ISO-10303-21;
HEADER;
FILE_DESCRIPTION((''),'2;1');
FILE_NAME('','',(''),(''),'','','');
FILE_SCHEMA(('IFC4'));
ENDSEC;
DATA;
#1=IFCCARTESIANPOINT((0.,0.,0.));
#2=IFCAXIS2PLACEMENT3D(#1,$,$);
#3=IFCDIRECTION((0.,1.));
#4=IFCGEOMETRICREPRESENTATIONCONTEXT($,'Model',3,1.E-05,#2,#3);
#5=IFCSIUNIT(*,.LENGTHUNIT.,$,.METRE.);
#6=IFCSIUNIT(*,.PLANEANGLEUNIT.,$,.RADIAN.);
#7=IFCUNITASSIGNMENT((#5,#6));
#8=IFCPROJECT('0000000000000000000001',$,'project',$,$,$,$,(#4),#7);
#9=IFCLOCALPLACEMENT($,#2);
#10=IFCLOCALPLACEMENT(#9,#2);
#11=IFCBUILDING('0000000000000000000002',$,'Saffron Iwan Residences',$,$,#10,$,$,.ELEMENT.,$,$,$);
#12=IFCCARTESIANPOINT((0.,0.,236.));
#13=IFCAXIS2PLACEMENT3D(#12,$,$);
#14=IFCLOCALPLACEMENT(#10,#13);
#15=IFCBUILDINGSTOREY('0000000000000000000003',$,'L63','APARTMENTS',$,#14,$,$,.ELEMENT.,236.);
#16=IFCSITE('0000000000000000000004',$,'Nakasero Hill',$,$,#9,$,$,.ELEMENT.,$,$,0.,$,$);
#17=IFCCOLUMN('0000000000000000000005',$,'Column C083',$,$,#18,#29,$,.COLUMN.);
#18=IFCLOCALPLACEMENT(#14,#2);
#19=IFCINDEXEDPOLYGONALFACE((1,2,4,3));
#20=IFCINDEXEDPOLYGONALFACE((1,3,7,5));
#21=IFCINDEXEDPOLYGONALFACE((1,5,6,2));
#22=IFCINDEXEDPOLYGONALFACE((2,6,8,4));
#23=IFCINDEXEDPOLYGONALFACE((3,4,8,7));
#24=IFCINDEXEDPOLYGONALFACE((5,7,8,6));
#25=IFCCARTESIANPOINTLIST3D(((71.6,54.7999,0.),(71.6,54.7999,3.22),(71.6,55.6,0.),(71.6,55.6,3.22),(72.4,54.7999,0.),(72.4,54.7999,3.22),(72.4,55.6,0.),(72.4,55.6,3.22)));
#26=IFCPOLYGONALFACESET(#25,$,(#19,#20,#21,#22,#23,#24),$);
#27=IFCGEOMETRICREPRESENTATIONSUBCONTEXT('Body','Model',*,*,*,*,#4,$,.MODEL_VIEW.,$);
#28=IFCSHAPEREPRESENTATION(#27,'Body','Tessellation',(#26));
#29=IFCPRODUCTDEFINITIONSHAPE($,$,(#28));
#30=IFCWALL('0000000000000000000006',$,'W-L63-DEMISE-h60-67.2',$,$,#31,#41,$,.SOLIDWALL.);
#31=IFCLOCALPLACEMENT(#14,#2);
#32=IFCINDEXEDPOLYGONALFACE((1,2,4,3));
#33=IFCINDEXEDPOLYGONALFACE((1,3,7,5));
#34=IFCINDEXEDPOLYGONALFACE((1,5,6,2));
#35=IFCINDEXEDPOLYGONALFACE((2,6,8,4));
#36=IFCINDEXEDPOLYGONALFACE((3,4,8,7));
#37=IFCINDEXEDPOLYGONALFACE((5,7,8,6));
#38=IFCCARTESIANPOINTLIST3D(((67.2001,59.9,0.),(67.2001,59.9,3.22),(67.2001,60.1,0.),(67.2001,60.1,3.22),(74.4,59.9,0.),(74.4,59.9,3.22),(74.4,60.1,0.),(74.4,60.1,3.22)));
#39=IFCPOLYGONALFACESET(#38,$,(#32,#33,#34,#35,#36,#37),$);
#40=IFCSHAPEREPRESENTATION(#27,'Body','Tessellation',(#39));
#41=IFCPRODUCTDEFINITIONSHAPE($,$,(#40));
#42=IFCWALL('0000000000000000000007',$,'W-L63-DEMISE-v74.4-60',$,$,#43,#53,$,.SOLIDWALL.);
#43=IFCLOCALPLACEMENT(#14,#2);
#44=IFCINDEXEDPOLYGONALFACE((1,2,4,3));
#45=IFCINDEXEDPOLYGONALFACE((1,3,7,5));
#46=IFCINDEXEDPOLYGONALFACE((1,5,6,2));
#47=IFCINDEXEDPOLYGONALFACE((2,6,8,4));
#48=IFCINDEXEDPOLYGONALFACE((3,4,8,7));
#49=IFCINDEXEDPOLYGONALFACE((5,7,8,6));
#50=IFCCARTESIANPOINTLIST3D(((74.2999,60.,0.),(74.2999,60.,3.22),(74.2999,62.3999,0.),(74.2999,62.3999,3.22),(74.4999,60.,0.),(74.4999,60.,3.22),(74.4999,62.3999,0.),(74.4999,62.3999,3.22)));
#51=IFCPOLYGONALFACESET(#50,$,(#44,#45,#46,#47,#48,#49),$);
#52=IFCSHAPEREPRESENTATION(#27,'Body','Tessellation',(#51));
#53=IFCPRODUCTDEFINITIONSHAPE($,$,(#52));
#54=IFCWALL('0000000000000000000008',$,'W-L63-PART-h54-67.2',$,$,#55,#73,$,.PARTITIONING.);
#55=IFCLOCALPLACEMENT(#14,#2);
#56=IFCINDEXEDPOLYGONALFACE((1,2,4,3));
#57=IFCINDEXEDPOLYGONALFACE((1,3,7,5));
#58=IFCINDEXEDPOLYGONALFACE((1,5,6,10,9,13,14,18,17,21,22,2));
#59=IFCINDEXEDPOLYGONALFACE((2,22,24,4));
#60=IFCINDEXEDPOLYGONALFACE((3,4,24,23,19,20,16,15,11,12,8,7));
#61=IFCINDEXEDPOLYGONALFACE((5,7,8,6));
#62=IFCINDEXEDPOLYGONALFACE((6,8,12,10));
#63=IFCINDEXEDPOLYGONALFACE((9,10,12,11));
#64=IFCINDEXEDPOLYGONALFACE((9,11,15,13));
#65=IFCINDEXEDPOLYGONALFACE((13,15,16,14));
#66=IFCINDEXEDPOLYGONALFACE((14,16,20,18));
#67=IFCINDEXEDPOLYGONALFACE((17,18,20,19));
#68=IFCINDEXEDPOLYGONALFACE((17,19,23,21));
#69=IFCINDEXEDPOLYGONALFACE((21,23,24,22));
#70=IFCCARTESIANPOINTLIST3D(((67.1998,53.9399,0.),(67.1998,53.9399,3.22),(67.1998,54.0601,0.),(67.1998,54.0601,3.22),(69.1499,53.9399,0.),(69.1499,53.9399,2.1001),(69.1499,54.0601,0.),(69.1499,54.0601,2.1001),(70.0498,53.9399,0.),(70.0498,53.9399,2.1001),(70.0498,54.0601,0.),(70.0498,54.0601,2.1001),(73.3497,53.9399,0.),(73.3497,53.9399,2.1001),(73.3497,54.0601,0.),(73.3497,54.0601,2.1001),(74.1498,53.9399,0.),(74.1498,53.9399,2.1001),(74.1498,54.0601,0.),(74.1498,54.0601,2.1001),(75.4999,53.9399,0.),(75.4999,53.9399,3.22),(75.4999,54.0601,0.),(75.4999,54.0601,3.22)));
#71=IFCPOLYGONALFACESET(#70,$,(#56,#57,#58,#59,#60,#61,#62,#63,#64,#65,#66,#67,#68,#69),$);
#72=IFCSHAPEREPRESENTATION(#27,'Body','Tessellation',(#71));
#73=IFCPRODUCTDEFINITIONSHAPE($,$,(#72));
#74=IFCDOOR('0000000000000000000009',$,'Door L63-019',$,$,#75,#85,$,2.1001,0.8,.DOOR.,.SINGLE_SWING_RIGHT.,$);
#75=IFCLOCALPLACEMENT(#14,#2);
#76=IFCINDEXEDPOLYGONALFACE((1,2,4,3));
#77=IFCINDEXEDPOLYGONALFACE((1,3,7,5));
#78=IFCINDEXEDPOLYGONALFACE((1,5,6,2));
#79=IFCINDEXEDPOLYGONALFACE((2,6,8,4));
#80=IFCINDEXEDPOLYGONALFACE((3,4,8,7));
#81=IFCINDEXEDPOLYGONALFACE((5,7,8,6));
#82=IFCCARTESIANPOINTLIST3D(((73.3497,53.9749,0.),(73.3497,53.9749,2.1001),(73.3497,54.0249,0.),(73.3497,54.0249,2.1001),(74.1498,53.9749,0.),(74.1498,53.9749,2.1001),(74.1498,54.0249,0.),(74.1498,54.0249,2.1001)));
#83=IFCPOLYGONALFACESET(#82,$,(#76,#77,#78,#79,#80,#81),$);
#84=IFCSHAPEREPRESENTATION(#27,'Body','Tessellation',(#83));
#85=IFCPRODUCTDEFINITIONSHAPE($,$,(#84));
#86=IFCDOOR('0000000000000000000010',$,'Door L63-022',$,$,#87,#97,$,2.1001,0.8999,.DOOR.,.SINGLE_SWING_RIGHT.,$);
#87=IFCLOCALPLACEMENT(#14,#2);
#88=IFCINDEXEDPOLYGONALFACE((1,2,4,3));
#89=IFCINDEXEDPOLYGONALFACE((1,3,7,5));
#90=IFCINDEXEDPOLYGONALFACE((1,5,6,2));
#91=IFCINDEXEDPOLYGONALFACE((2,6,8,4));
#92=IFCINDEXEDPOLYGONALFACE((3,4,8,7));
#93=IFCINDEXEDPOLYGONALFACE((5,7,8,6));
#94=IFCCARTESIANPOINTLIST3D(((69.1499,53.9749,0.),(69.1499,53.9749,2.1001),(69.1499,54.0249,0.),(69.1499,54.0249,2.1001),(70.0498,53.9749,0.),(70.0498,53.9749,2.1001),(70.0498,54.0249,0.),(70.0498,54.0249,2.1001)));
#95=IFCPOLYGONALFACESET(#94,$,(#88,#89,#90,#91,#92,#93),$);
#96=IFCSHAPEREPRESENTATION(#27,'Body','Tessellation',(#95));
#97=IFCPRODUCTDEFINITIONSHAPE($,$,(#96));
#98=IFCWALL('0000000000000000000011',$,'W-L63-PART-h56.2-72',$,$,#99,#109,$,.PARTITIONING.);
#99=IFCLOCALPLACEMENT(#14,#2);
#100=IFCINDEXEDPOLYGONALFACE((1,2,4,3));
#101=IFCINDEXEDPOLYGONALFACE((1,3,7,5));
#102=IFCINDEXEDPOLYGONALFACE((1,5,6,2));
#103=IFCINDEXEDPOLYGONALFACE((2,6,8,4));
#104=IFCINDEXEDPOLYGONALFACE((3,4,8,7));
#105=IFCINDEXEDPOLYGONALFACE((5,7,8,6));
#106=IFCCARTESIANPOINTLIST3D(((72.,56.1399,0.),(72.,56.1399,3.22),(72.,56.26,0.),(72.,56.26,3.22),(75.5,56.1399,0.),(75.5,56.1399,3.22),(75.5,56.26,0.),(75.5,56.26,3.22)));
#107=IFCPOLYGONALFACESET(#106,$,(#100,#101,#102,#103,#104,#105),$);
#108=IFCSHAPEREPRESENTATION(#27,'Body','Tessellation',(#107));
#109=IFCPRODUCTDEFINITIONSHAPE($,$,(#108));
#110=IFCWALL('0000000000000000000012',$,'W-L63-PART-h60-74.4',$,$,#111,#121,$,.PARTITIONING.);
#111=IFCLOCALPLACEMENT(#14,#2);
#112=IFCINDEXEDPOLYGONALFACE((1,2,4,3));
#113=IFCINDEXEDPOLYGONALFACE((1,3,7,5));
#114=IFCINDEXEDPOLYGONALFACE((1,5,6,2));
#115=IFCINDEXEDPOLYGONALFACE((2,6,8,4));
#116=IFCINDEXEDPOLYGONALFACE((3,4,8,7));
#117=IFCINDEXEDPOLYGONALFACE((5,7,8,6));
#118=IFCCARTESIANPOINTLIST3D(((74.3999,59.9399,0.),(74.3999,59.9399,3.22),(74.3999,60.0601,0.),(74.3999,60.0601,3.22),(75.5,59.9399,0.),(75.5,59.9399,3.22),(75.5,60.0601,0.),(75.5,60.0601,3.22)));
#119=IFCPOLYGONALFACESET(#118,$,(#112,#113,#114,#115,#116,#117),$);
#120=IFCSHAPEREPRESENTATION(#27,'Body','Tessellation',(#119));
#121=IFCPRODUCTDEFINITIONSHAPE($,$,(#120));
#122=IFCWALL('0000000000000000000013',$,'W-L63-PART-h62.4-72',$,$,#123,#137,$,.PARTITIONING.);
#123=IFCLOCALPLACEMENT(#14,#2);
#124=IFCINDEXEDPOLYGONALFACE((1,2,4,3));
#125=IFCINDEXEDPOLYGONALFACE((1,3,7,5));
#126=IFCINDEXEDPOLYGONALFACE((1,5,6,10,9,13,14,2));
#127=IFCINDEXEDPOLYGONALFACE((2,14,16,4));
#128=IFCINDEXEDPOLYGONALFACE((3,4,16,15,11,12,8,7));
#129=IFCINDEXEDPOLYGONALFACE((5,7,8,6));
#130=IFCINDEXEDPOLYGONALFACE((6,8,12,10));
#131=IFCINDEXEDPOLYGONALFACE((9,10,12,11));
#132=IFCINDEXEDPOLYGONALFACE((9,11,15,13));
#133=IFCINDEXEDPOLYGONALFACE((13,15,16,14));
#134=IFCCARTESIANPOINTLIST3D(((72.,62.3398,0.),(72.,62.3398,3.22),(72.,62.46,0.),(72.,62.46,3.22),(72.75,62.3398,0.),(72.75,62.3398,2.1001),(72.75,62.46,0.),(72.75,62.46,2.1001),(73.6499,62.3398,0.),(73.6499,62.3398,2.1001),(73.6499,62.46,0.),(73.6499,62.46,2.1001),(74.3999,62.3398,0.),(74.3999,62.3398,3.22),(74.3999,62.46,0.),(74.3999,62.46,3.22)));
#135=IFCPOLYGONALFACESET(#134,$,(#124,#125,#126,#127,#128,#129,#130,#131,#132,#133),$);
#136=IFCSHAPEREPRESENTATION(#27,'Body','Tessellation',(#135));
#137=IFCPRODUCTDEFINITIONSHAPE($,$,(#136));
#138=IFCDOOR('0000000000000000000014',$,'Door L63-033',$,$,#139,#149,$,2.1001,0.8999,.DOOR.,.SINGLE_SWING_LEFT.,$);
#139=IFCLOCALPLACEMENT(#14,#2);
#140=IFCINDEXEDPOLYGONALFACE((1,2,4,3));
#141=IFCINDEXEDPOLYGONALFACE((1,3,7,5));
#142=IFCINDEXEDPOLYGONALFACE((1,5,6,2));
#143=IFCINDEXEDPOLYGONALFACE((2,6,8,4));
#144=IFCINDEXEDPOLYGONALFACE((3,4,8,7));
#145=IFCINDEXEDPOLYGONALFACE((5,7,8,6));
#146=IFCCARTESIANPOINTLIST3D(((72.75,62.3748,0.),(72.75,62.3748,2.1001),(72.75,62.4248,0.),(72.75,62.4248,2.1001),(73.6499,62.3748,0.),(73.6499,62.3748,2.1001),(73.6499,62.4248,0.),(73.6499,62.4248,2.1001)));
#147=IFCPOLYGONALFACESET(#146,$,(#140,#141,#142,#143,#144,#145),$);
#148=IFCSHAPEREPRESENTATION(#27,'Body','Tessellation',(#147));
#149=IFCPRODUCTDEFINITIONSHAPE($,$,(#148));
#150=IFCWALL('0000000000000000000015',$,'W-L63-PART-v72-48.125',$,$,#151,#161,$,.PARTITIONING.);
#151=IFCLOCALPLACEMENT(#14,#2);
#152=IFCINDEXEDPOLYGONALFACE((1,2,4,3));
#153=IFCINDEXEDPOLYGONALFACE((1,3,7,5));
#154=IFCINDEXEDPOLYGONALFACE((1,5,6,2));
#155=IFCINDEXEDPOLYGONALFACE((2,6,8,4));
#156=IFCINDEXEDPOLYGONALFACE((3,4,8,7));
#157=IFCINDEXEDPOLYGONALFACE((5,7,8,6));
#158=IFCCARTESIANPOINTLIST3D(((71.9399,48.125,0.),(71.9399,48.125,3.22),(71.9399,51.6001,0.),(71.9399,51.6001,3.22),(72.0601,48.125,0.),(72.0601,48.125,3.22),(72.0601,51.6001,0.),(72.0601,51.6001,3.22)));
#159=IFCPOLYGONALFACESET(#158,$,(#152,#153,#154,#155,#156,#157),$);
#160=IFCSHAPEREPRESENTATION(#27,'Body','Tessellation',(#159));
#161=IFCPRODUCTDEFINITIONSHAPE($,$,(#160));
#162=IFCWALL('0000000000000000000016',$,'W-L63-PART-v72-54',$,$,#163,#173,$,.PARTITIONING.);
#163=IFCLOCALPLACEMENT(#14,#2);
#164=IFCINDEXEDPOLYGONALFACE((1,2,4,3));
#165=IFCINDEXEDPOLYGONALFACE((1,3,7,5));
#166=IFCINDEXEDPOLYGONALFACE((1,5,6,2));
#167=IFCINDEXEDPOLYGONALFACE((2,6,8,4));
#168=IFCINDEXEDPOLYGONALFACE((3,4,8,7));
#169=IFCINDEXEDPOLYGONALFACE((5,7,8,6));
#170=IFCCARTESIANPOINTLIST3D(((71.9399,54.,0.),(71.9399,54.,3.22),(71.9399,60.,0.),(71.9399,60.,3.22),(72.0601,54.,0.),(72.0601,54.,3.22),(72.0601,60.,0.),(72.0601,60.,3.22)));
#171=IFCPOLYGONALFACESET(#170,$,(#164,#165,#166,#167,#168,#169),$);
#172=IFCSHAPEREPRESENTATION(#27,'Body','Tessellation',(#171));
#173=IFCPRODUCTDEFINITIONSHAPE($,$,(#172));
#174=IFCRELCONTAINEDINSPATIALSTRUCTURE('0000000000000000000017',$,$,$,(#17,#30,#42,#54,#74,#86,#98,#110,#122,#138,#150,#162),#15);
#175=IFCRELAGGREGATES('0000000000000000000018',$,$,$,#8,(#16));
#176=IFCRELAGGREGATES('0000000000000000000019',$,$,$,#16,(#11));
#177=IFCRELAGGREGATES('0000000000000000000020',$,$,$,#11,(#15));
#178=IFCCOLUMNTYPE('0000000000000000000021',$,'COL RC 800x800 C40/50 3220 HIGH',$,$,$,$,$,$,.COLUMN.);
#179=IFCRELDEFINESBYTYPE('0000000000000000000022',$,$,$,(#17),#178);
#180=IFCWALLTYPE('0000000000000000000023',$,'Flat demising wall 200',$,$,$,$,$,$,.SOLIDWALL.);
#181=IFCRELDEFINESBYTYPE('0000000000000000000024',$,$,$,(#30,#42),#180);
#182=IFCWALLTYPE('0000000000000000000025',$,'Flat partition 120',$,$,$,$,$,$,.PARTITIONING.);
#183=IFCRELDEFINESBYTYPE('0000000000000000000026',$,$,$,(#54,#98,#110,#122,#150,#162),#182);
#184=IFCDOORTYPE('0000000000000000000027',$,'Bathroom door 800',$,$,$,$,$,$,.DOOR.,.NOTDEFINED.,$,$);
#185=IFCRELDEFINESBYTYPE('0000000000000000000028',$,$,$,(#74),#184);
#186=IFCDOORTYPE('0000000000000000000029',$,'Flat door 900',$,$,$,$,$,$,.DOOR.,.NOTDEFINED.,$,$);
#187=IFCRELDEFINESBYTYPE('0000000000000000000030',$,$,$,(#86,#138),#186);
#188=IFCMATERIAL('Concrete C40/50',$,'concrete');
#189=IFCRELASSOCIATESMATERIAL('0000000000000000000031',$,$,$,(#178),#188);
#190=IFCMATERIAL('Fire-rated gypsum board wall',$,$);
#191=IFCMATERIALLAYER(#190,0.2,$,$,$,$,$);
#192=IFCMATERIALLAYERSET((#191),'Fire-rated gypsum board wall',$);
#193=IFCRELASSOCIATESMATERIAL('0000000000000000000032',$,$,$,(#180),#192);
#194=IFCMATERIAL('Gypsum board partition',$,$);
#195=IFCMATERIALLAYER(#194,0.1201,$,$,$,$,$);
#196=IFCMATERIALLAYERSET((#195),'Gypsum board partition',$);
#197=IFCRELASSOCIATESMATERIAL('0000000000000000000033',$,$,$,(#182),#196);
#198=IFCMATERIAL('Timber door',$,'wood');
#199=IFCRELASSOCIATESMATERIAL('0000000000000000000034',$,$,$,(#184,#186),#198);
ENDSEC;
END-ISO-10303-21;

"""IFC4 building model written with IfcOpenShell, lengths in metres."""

from ifc_helpers import new_model, si_unit, direction, frame, frame_2d, origin, origin_2d, place, context, subcontext, project, spatial, rectangle, extrude, source, transform, mapped, material, layer, layer_set, material_profile, profile_set, type_object, element, fill, save


model = new_model("IFC4")

# Units and contexts
model_context = context("Model", 3, precision=1e-05, world=origin(), true_north=direction((0.0, 1.0)))
body_context = subcontext(model_context, "Body", "Model", "MODEL_VIEW")
ifc_project = project(units=[si_unit("LENGTHUNIT", "METRE"), si_unit("PLANEANGLEUNIT", "RADIAN")], contexts=[model_context])

# Site, building, storey
site_placement = place(None, origin())
site = spatial("IfcSite", under=ifc_project, at=site_placement, Name="Nakasero Hill", CompositionType="ELEMENT", RefElevation=0.0)
building_placement = place(site_placement, origin())
building = spatial("IfcBuilding", under=site, at=building_placement, Name="Saffron Iwan Residences", CompositionType="ELEMENT")
storey_placement = place(building_placement, frame((0.0, 0.0, 236.0)))
storey = spatial("IfcBuildingStorey", under=building, at=storey_placement, Name="L63", Description="APARTMENTS", CompositionType="ELEMENT", Elevation=236.0)

# Column
ifc_material_1 = material(Name="Concrete C40/50", Category="concrete")
ifc_material_profile = material_profile(ifc_material_1, rectangle(XDim=0.8, YDim=0.8, at=origin_2d()), Name="RC 800x800")
ifc_profile_set = profile_set([ifc_material_profile], Name="Concrete C40/50")
column_type = type_object("IfcColumnType", Name="COL RC 800x800 C40/50 3220 HIGH", PredefinedType="COLUMN", material=ifc_profile_set)
shared_shape = source(origin(), body_context, "Body", "SweptSolid", [
    extrude(rectangle(XDim=0.8, YDim=0.8, at=origin_2d()), origin(), (0.0, 0.0, 1.0), 3.22),
])
column_placement = place(storey_placement, frame((72.0, 55.2, 0.0), z_axis=(0.0, 0.0, 1.0), x_axis=(1.0, 0.0, 0.0)))
element("IfcColumn", 1, at=column_placement, inside=storey, type_object=column_type, Name="Column C083", PredefinedType="COLUMN", context=body_context, shape_type="MappedRepresentation", body=[
    mapped(shared_shape, transform((0.0, 0.0, 0.0))),
])

# Walls
ifc_material_2 = material(Name="Fire-rated gypsum board wall")
ifc_layer_1 = layer(ifc_material_2, 0.2)
ifc_layer_set_1 = layer_set([ifc_layer_1], Name="Fire-rated gypsum board wall")
wall_type_1 = type_object("IfcWallType", Name="Flat demising wall 200", PredefinedType="SOLIDWALL", material=ifc_layer_set_1)
wall_1_placement = place(storey_placement, frame((67.2, 60.0, 0.0), z_axis=(0.0, 0.0, 1.0), x_axis=(1.0, 0.0, 0.0)))
element("IfcWall", 2, at=wall_1_placement, inside=storey, type_object=wall_type_1, Name="W-L63-DEMISE-h60-67.2", PredefinedType="SOLIDWALL", context=body_context, shape_type="SweptSolid", body=[
    extrude(rectangle(XDim=7.2, YDim=0.2, at=frame_2d((3.6001, 0.0))), origin(), (0.0, 0.0, 1.0), 3.22),
])
wall_2_placement = place(storey_placement, frame((74.3999, 60.0, 0.0), z_axis=(0.0, 0.0, 1.0), x_axis=(0.0, 1.0, 0.0)))
element("IfcWall", 3, at=wall_2_placement, inside=storey, type_object=wall_type_1, Name="W-L63-DEMISE-v74.4-60", PredefinedType="SOLIDWALL", context=body_context, shape_type="SweptSolid", body=[
    extrude(rectangle(XDim=2.3999, YDim=0.2, at=frame_2d((1.2, 0.0))), origin(), (0.0, 0.0, 1.0), 3.22),
])

# Wall, openings, doors
ifc_material_3 = material(Name="Gypsum board partition")
ifc_layer_2 = layer(ifc_material_3, 0.1201)
ifc_layer_set_2 = layer_set([ifc_layer_2], Name="Gypsum board partition")
wall_type_2 = type_object("IfcWallType", Name="Flat partition 120", PredefinedType="PARTITIONING", material=ifc_layer_set_2)
wall_3_placement = place(storey_placement, frame((67.2, 54.0, 0.0), z_axis=(0.0, 0.0, 1.0), x_axis=(1.0, 0.0, 0.0)))
wall_3 = element("IfcWall", 4, at=wall_3_placement, inside=storey, type_object=wall_type_2, Name="W-L63-PART-h54-67.2", PredefinedType="PARTITIONING", context=body_context, shape_type="SweptSolid", body=[
    extrude(rectangle(XDim=8.3, YDim=0.1201, at=frame_2d((4.1499, 0.0))), origin(), (0.0, 0.0, 1.0), 3.22),
])
opening_1_placement = place(wall_3_placement, frame((6.1499, 0.0, 0.0)))
opening_1 = element("IfcOpeningElement", 5, at=opening_1_placement, cuts=wall_3, PredefinedType="OPENING", context=body_context, shape_type="SweptSolid", body=[
    extrude(rectangle(XDim=0.8, YDim=2.1001, at=frame_2d((0.3999, 1.05))), frame((0.0, 0.0701, 0.0), z_axis=(0.0, -1.0, 0.0), x_axis=(1.0, 0.0, 0.0)), (0.0, 0.0, 1.0), 0.1401),
])
opening_2_placement = place(wall_3_placement, frame((1.95, 0.0, 0.0)))
opening_2 = element("IfcOpeningElement", 6, at=opening_2_placement, cuts=wall_3, PredefinedType="OPENING", context=body_context, shape_type="SweptSolid", body=[
    extrude(rectangle(XDim=0.8999, YDim=2.1001, at=frame_2d((0.45, 1.05))), frame((0.0, 0.0701, 0.0), z_axis=(0.0, -1.0, 0.0), x_axis=(1.0, 0.0, 0.0)), (0.0, 0.0, 1.0), 0.1401),
])
ifc_material_4 = material(Name="Timber door", Category="wood")
door_type_1 = type_object("IfcDoorType", Name="Bathroom door 800", OperationType="NOTDEFINED", PredefinedType="DOOR", material=ifc_material_4)
door_1_placement = place(opening_1_placement, origin())
door_1 = element("IfcDoor", 7, at=door_1_placement, inside=storey, type_object=door_type_1, Name="Door L63-019", OperationType="SINGLE_SWING_RIGHT", OverallHeight=2.1001, OverallWidth=0.8, PredefinedType="DOOR", context=body_context, shape_type="SweptSolid", body=[
    extrude(rectangle(XDim=0.8, YDim=2.1001, at=frame_2d((0.3999, 1.05))), frame((0.0, 0.0249, 0.0), z_axis=(0.0, -1.0, 0.0), x_axis=(1.0, 0.0, 0.0)), (0.0, 0.0, 1.0), 0.05),
])
fill(opening_1, door_1)
door_type_2 = type_object("IfcDoorType", Name="Flat door 900", OperationType="NOTDEFINED", PredefinedType="DOOR", material=ifc_material_4)
door_2_placement = place(opening_2_placement, origin())
door_2 = element("IfcDoor", 8, at=door_2_placement, inside=storey, type_object=door_type_2, Name="Door L63-022", OperationType="SINGLE_SWING_RIGHT", OverallHeight=2.1001, OverallWidth=0.8999, PredefinedType="DOOR", context=body_context, shape_type="SweptSolid", body=[
    extrude(rectangle(XDim=0.8999, YDim=2.1001, at=frame_2d((0.45, 1.05))), frame((0.0, 0.0249, 0.0), z_axis=(0.0, -1.0, 0.0), x_axis=(1.0, 0.0, 0.0)), (0.0, 0.0, 1.0), 0.05),
])
fill(opening_2, door_2)

# Walls
wall_4_placement = place(storey_placement, frame((72.0, 56.2, 0.0), z_axis=(0.0, 0.0, 1.0), x_axis=(1.0, 0.0, 0.0)))
element("IfcWall", 9, at=wall_4_placement, inside=storey, type_object=wall_type_2, Name="W-L63-PART-h56.2-72", PredefinedType="PARTITIONING", context=body_context, shape_type="SweptSolid", body=[
    extrude(rectangle(XDim=3.5, YDim=0.1201, at=frame_2d((1.75, 0.0))), origin(), (0.0, 0.0, 1.0), 3.22),
])
wall_5_placement = place(storey_placement, frame((74.3999, 60.0, 0.0), z_axis=(0.0, 0.0, 1.0), x_axis=(1.0, 0.0, 0.0)))
element("IfcWall", 10, at=wall_5_placement, inside=storey, type_object=wall_type_2, Name="W-L63-PART-h60-74.4", PredefinedType="PARTITIONING", context=body_context, shape_type="SweptSolid", body=[
    extrude(rectangle(XDim=1.1001, YDim=0.1201, at=frame_2d((0.55, 0.0))), origin(), (0.0, 0.0, 1.0), 3.22),
])

# Wall, opening, door
wall_6_placement = place(storey_placement, frame((72.0, 62.3999, 0.0), z_axis=(0.0, 0.0, 1.0), x_axis=(1.0, 0.0, 0.0)))
wall_6 = element("IfcWall", 11, at=wall_6_placement, inside=storey, type_object=wall_type_2, Name="W-L63-PART-h62.4-72", PredefinedType="PARTITIONING", context=body_context, shape_type="SweptSolid", body=[
    extrude(rectangle(XDim=2.3999, YDim=0.1201, at=frame_2d((1.2, 0.0))), origin(), (0.0, 0.0, 1.0), 3.22),
])
opening_3_placement = place(wall_6_placement, frame((0.75, 0.0, 0.0)))
opening_3 = element("IfcOpeningElement", 12, at=opening_3_placement, cuts=wall_6, PredefinedType="OPENING", context=body_context, shape_type="SweptSolid", body=[
    extrude(rectangle(XDim=0.8999, YDim=2.1001, at=frame_2d((0.45, 1.05))), frame((0.0, 0.0701, 0.0), z_axis=(0.0, -1.0, 0.0), x_axis=(1.0, 0.0, 0.0)), (0.0, 0.0, 1.0), 0.1401),
])
door_3_placement = place(opening_3_placement, origin())
door_3 = element("IfcDoor", 13, at=door_3_placement, inside=storey, type_object=door_type_2, Name="Door L63-033", OperationType="SINGLE_SWING_LEFT", OverallHeight=2.1001, OverallWidth=0.8999, PredefinedType="DOOR", context=body_context, shape_type="SweptSolid", body=[
    extrude(rectangle(XDim=0.8999, YDim=2.1001, at=frame_2d((0.45, 1.05))), frame((0.0, 0.0249, 0.0), z_axis=(0.0, -1.0, 0.0), x_axis=(1.0, 0.0, 0.0)), (0.0, 0.0, 1.0), 0.05),
])
fill(opening_3, door_3)

# Walls
wall_7_placement = place(storey_placement, frame((72.0, 48.125, 0.0), z_axis=(0.0, 0.0, 1.0), x_axis=(0.0, 1.0, 0.0)))
element("IfcWall", 14, at=wall_7_placement, inside=storey, type_object=wall_type_2, Name="W-L63-PART-v72-48.125", PredefinedType="PARTITIONING", context=body_context, shape_type="SweptSolid", body=[
    extrude(rectangle(XDim=3.4751, YDim=0.1201, at=frame_2d((1.7375, 0.0))), origin(), (0.0, 0.0, 1.0), 3.22),
])
wall_8_placement = place(storey_placement, frame((72.0, 54.0, 0.0), z_axis=(0.0, 0.0, 1.0), x_axis=(0.0, 1.0, 0.0)))
element("IfcWall", 15, at=wall_8_placement, inside=storey, type_object=wall_type_2, Name="W-L63-PART-v72-54", PredefinedType="PARTITIONING", context=body_context, shape_type="SweptSolid", body=[
    extrude(rectangle(XDim=6.0, YDim=0.1201, at=frame_2d((3.0, 0.0))), origin(), (0.0, 0.0, 1.0), 3.22),
])

save(model, "model.ifc")
